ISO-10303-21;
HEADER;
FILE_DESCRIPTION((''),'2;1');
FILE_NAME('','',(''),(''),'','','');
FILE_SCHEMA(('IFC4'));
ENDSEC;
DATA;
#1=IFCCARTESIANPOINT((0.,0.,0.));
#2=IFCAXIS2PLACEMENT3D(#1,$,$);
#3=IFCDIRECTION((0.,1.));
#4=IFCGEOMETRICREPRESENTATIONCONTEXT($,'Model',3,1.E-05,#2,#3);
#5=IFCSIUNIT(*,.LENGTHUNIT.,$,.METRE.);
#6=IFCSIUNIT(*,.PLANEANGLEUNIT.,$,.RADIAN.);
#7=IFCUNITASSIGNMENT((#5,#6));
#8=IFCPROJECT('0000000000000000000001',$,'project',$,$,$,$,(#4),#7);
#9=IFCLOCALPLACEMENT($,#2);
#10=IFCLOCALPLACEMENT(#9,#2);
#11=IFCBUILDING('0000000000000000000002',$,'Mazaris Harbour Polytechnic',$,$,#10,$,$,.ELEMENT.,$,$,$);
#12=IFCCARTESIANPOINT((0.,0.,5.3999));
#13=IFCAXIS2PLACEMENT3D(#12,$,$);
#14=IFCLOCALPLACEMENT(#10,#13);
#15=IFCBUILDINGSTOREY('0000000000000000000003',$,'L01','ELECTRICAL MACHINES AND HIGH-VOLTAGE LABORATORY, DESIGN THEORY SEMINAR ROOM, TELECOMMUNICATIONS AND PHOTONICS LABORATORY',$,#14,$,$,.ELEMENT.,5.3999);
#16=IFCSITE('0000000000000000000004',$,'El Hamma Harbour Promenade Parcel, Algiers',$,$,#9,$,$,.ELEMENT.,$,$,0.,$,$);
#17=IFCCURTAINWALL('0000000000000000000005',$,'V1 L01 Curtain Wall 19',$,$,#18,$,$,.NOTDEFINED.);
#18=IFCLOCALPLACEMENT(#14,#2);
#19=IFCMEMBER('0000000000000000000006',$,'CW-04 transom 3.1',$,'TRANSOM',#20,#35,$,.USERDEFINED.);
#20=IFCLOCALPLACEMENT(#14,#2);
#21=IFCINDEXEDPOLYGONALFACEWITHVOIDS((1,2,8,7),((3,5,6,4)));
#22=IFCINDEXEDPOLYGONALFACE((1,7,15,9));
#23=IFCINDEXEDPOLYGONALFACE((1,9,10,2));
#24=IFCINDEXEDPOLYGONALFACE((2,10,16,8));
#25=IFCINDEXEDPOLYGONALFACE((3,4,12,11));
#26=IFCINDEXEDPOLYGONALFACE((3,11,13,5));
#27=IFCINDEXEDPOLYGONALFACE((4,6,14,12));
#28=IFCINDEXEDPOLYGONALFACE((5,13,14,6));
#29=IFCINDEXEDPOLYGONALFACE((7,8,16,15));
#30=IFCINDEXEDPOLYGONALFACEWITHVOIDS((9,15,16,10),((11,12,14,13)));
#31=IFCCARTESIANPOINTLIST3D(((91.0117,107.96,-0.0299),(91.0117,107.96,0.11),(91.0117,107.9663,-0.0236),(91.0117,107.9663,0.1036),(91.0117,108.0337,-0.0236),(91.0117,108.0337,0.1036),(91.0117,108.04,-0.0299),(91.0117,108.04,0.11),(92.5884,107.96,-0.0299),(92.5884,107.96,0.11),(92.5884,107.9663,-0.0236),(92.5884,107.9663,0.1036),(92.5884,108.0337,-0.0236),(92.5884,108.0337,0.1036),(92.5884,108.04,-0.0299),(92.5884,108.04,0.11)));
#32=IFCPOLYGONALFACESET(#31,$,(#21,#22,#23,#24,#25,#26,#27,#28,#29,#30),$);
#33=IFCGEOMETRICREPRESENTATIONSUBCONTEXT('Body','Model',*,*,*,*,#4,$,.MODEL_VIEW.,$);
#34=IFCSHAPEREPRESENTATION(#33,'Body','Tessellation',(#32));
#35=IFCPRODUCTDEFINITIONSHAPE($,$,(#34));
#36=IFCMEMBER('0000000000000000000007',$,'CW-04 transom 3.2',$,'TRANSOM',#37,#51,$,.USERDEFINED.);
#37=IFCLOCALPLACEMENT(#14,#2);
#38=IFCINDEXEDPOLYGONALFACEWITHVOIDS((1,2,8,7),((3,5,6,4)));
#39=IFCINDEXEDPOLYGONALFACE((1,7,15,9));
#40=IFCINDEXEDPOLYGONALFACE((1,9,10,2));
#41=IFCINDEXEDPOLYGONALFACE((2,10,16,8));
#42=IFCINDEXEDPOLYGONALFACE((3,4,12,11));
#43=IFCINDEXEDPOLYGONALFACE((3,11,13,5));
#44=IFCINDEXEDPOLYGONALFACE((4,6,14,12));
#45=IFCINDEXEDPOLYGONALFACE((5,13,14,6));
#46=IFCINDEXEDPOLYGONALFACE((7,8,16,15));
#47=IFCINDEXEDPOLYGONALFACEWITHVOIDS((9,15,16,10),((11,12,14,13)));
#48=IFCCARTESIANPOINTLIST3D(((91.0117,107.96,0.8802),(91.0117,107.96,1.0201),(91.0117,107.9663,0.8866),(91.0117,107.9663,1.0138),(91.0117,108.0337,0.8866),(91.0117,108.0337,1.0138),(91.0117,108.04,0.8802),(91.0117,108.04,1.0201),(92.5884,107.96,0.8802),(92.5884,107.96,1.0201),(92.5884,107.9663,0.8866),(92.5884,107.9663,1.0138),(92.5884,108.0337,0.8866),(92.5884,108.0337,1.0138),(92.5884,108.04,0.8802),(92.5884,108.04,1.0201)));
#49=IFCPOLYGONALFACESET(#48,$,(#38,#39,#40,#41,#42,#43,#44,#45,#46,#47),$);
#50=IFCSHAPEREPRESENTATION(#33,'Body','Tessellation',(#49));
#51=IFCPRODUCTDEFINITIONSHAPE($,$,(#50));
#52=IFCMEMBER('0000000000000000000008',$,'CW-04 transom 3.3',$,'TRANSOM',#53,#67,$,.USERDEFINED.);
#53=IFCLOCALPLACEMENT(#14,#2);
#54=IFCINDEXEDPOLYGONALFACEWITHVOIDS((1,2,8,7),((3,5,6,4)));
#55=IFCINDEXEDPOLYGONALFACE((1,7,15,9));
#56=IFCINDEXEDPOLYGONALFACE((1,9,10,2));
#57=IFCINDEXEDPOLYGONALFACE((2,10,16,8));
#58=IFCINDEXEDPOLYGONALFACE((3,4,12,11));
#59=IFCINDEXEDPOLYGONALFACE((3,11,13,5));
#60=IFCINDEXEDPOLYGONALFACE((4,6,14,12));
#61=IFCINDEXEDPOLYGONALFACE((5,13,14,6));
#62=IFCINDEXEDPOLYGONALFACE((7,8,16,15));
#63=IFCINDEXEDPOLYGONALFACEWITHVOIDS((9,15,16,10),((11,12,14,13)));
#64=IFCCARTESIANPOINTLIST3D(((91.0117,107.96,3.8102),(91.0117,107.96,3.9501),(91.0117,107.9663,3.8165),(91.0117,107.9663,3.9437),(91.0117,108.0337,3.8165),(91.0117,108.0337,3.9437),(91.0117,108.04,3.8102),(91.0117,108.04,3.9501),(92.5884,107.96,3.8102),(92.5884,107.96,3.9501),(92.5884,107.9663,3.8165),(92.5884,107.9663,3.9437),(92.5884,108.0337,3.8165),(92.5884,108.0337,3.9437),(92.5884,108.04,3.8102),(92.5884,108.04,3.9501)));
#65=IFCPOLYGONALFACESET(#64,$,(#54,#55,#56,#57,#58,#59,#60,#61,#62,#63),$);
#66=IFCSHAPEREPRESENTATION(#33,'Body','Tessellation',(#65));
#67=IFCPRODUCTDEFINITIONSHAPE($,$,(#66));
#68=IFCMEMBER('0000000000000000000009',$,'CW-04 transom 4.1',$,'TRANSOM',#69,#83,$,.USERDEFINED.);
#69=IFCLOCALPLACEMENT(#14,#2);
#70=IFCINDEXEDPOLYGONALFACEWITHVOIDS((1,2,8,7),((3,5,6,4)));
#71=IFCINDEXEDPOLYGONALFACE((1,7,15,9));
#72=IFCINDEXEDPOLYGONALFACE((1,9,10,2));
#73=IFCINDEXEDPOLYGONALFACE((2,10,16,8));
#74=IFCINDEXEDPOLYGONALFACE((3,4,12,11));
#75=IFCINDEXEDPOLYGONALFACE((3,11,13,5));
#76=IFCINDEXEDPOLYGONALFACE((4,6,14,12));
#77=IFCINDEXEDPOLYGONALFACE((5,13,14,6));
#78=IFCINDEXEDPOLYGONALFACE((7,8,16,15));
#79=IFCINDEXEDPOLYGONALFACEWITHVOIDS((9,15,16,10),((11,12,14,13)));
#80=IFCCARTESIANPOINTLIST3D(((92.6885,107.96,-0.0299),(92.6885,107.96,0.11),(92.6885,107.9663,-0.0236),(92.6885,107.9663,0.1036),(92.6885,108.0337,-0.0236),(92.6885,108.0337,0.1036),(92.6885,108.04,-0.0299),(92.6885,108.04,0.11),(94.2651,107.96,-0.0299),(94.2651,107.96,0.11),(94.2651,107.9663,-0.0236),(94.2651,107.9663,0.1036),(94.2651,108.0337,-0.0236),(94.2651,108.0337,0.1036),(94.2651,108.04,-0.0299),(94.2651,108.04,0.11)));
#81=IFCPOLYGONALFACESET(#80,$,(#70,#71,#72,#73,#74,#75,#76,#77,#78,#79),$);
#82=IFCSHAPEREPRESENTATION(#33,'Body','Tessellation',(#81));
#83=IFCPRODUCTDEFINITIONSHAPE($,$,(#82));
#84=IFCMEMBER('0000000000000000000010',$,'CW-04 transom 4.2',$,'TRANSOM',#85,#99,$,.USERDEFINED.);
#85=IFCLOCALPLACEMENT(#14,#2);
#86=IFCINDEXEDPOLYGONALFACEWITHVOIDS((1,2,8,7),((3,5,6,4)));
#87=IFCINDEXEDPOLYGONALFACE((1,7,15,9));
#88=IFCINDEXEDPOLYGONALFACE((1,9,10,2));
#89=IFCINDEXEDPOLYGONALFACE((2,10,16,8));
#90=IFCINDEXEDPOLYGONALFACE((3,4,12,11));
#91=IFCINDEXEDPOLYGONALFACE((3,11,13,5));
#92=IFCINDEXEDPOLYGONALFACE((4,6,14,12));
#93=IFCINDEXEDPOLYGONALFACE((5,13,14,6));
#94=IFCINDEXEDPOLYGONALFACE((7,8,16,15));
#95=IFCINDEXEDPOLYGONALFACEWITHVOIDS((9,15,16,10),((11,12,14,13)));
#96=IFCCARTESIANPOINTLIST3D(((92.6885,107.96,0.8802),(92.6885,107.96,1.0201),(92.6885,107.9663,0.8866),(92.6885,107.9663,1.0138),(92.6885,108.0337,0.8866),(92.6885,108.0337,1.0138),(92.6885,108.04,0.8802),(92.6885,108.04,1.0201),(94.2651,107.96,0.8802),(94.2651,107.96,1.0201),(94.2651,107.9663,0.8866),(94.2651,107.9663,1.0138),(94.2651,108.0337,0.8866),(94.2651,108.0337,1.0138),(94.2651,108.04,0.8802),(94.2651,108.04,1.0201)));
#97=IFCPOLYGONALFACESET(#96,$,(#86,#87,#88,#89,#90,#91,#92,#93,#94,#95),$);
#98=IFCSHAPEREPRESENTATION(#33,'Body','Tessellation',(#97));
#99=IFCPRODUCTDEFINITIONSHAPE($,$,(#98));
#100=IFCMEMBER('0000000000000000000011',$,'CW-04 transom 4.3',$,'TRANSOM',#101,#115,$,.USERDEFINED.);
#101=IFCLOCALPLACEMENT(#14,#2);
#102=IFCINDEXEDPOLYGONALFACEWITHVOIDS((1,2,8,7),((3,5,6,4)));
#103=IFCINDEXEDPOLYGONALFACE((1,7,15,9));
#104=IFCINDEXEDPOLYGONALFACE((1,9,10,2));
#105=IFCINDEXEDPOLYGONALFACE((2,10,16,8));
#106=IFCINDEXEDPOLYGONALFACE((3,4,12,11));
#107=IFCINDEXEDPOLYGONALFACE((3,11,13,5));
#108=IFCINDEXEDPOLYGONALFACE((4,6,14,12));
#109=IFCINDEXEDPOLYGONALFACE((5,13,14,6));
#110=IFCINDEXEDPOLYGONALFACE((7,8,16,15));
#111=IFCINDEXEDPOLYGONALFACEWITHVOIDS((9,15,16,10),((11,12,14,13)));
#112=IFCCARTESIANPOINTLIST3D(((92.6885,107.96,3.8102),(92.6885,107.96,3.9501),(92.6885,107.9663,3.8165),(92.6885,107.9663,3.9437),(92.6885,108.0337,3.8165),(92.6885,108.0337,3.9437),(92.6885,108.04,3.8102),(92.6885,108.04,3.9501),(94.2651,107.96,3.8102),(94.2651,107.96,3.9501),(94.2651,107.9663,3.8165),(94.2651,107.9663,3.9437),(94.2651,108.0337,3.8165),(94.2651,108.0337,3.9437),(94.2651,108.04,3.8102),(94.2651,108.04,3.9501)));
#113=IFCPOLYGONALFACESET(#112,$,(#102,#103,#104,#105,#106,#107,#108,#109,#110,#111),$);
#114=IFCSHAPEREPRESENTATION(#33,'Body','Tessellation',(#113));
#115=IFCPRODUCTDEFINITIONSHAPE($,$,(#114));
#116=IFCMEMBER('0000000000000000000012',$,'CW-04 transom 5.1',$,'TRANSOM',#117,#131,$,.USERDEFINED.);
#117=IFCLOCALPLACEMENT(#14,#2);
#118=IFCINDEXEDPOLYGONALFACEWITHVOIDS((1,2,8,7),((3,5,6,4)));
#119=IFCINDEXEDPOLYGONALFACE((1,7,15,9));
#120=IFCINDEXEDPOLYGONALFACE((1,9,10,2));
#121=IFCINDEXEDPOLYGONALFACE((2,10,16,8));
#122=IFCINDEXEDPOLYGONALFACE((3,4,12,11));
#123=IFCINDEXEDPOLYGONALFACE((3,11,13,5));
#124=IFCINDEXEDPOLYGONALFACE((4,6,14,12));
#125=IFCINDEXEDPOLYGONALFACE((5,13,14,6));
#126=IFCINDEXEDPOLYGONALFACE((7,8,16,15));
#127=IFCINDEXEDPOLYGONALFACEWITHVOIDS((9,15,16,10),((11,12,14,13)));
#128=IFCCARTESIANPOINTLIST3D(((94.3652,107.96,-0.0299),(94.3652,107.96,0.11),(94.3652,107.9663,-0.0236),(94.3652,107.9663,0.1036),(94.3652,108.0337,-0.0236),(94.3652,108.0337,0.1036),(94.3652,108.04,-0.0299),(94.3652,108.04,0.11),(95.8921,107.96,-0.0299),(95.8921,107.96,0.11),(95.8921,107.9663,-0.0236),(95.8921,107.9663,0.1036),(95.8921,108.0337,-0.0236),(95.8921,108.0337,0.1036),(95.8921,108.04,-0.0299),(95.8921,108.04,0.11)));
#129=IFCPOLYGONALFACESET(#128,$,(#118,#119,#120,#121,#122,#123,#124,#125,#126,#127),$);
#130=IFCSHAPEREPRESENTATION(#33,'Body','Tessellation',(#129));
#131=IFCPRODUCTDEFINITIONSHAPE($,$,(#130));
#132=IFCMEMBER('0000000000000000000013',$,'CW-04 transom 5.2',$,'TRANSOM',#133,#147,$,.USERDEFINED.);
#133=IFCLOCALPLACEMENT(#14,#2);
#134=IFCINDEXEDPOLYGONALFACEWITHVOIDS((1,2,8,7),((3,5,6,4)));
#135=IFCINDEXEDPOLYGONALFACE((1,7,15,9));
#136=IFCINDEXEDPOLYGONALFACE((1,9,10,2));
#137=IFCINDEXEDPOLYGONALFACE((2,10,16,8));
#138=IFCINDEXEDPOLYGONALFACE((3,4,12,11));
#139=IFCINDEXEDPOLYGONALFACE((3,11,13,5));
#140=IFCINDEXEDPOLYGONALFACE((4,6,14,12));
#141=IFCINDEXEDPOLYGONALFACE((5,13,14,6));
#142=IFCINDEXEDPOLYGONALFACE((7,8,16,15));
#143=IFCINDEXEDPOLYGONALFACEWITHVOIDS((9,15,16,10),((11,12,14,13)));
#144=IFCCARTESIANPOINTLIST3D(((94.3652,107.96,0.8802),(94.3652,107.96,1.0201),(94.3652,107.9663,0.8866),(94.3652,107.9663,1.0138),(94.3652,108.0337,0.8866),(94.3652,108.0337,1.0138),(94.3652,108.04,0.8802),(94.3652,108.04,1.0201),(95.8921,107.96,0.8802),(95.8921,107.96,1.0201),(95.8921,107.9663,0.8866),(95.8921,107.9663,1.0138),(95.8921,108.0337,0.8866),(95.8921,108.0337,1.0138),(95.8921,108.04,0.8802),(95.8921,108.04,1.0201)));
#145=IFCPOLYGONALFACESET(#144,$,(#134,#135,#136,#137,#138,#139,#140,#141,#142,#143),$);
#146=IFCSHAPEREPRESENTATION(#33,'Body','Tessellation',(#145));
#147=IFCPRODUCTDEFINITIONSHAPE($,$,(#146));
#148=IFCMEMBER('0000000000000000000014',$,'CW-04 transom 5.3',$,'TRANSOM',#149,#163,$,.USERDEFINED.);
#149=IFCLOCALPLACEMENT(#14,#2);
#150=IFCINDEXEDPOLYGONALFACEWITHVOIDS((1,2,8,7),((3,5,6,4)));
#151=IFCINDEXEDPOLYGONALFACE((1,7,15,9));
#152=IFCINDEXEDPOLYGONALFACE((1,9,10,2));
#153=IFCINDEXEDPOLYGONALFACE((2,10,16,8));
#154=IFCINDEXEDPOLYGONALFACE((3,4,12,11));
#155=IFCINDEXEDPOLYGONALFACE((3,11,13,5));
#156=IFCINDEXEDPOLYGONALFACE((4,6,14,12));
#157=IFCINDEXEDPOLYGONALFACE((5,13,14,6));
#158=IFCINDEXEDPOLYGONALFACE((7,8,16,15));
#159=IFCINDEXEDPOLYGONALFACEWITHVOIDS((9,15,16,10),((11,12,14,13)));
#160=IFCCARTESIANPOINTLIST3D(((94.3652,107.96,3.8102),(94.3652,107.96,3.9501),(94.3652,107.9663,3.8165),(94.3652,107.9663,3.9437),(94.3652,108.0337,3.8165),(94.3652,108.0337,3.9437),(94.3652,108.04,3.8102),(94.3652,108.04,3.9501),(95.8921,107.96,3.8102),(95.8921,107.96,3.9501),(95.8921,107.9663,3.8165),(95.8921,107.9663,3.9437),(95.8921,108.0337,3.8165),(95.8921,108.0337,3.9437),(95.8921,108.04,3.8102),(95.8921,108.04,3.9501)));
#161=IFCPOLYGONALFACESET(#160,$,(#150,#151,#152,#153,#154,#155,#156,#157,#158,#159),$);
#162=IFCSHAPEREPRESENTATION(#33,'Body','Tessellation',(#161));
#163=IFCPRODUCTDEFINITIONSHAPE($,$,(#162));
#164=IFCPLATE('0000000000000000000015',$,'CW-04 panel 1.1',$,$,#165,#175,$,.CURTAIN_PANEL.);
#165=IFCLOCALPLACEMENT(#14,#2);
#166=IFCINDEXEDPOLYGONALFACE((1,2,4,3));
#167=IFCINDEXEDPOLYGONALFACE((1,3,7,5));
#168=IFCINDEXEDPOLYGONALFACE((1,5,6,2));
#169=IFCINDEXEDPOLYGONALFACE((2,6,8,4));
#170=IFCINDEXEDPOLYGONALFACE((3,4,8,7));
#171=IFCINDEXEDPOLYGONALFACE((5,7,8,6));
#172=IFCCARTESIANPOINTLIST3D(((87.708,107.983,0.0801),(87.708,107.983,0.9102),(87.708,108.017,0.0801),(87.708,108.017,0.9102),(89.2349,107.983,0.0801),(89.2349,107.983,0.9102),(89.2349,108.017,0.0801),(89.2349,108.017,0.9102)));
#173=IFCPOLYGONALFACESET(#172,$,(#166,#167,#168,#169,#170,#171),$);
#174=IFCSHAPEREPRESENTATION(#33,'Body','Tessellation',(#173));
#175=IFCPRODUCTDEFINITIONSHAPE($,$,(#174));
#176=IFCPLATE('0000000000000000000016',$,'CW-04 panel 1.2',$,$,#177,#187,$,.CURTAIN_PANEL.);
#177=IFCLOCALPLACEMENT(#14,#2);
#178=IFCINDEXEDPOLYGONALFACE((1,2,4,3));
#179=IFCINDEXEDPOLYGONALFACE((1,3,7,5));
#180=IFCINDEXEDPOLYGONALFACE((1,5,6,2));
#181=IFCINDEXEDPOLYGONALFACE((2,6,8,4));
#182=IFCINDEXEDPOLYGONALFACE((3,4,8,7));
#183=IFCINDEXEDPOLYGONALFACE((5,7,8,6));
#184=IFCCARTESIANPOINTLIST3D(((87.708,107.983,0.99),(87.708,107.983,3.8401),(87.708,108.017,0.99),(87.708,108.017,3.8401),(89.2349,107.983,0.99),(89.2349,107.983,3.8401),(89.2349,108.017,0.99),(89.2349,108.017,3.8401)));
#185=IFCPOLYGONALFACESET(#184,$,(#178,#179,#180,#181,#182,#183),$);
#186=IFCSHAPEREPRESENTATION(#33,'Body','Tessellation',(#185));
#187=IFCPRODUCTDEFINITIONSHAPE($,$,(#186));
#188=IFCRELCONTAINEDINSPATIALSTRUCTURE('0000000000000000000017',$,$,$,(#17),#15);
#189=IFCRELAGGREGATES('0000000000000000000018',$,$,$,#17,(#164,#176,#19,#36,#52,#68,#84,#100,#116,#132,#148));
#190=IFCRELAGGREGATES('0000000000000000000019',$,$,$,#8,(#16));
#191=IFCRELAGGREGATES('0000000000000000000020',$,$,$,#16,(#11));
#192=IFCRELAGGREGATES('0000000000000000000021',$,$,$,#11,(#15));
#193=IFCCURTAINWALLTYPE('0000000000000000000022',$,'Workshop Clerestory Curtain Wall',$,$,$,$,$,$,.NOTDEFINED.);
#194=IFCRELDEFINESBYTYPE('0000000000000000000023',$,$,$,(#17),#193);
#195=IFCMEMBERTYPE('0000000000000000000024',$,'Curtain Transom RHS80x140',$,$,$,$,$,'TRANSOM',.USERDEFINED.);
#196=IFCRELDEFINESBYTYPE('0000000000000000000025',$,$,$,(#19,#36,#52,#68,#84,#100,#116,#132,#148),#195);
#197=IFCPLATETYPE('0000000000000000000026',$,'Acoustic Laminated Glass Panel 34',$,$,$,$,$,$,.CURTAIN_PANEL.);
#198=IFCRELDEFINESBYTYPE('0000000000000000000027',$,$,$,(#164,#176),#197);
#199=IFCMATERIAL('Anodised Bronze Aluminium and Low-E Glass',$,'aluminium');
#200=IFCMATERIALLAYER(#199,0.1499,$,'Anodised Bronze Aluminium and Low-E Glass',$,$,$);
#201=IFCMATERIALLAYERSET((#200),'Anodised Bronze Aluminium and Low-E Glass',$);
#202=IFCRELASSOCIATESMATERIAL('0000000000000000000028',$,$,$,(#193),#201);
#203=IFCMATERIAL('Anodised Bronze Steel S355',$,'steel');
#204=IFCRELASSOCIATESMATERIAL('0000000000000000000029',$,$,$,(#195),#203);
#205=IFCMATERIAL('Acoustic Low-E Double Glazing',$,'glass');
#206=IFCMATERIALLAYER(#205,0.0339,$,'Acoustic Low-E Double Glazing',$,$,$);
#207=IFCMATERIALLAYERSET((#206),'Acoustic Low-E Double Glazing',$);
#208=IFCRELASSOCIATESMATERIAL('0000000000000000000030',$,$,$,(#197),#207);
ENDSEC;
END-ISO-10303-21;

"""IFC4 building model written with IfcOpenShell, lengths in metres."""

from ifc_helpers import new_model, si_unit, direction, frame, origin, origin_2d, place, context, subcontext, project, spatial, rectangle, hollow_rectangle, extrude, material, layer, layer_set, material_profile, profile_set, type_object, element, aggregate, save


model = new_model("IFC4")

# Units and contexts
model_context = context("Model", 3, precision=1e-05, world=origin(), true_north=direction((0.0, 1.0)))
body_context = subcontext(model_context, "Body", "Model", "MODEL_VIEW")
ifc_project = project(units=[si_unit("LENGTHUNIT", "METRE"), si_unit("PLANEANGLEUNIT", "RADIAN")], contexts=[model_context])

# Site, building, storey
site_placement = place(None, origin())
site = spatial("IfcSite", under=ifc_project, at=site_placement, Name="El Hamma Harbour Promenade Parcel, Algiers", CompositionType="ELEMENT", RefElevation=0.0)
building_placement = place(site_placement, origin())
building = spatial("IfcBuilding", under=site, at=building_placement, Name="Mazaris Harbour Polytechnic", CompositionType="ELEMENT")
storey_placement = place(building_placement, frame((0.0, 0.0, 5.3999)))
storey = spatial("IfcBuildingStorey", under=building, at=storey_placement, Name="L01", Description="ELECTRICAL MACHINES AND HIGH-VOLTAGE LABORATORY, DESIGN THEORY SEMINAR ROOM, TELECOMMUNICATIONS AND PHOTONICS LABORATORY", CompositionType="ELEMENT", Elevation=5.3999)

# Curtain wall, members, plates
ifc_material_1 = material(Name="Anodised Bronze Aluminium and Low-E Glass", Category="aluminium")
ifc_layer_1 = layer(ifc_material_1, 0.1499, Name="Anodised Bronze Aluminium and Low-E Glass")
ifc_layer_set_1 = layer_set([ifc_layer_1], Name="Anodised Bronze Aluminium and Low-E Glass")
curtain_wall_type = type_object("IfcCurtainWallType", Name="Workshop Clerestory Curtain Wall", PredefinedType="NOTDEFINED", material=ifc_layer_set_1)
curtain_wall_placement = place(storey_placement, origin())
curtain_wall = element("IfcCurtainWall", 1, at=curtain_wall_placement, inside=storey, type_object=curtain_wall_type, Name="V1 L01 Curtain Wall 19", PredefinedType="NOTDEFINED")
ifc_material_2 = material(Name="Anodised Bronze Steel S355", Category="steel")
ifc_material_profile_1 = material_profile(ifc_material_2, hollow_rectangle(XDim=0.0801, YDim=0.1399, WallThickness=0.0063, at=origin_2d()), Name="RHS 80x140x6.3")
ifc_profile_set_1 = profile_set([ifc_material_profile_1], Name="Anodised Bronze Steel S355")
member_type_1 = type_object("IfcMemberType", Name="Curtain Transom RHS80x140", ElementType="TRANSOM", PredefinedType="USERDEFINED", material=ifc_profile_set_1)
member_1_placement = place(storey_placement, frame((91.0117, 108.0, 0.04), z_axis=(1.0, 0.0, 0.0), x_axis=(0.0, 1.0, 0.0)))
member_1 = element("IfcMember", 2, at=member_1_placement, type_object=member_type_1, Name="CW-04 transom 3.1", ObjectType="TRANSOM", PredefinedType="USERDEFINED", context=body_context, shape_type="SweptSolid", body=[
    extrude(hollow_rectangle(XDim=0.0801, YDim=0.1399, WallThickness=0.0063, at=origin_2d()), origin(), (0.0, 0.0, 1.0), 1.5767),
])
member_2_placement = place(storey_placement, frame((91.0117, 108.0, 0.9502), z_axis=(1.0, 0.0, 0.0), x_axis=(0.0, 1.0, 0.0)))
member_2 = element("IfcMember", 3, at=member_2_placement, type_object=member_type_1, Name="CW-04 transom 3.2", ObjectType="TRANSOM", PredefinedType="USERDEFINED", context=body_context, shape_type="SweptSolid", body=[
    extrude(hollow_rectangle(XDim=0.0801, YDim=0.1399, WallThickness=0.0063, at=origin_2d()), origin(), (0.0, 0.0, 1.0), 1.5767),
])
member_3_placement = place(storey_placement, frame((91.0117, 108.0, 3.8801), z_axis=(1.0, 0.0, 0.0), x_axis=(0.0, 1.0, 0.0)))
member_3 = element("IfcMember", 4, at=member_3_placement, type_object=member_type_1, Name="CW-04 transom 3.3", ObjectType="TRANSOM", PredefinedType="USERDEFINED", context=body_context, shape_type="SweptSolid", body=[
    extrude(hollow_rectangle(XDim=0.0801, YDim=0.1399, WallThickness=0.0063, at=origin_2d()), origin(), (0.0, 0.0, 1.0), 1.5767),
])
member_4_placement = place(storey_placement, frame((92.6885, 108.0, 0.04), z_axis=(1.0, 0.0, 0.0), x_axis=(0.0, 1.0, 0.0)))
member_4 = element("IfcMember", 5, at=member_4_placement, type_object=member_type_1, Name="CW-04 transom 4.1", ObjectType="TRANSOM", PredefinedType="USERDEFINED", context=body_context, shape_type="SweptSolid", body=[
    extrude(hollow_rectangle(XDim=0.0801, YDim=0.1399, WallThickness=0.0063, at=origin_2d()), origin(), (0.0, 0.0, 1.0), 1.5767),
])
member_5_placement = place(storey_placement, frame((92.6885, 108.0, 0.9502), z_axis=(1.0, 0.0, 0.0), x_axis=(0.0, 1.0, 0.0)))
member_5 = element("IfcMember", 6, at=member_5_placement, type_object=member_type_1, Name="CW-04 transom 4.2", ObjectType="TRANSOM", PredefinedType="USERDEFINED", context=body_context, shape_type="SweptSolid", body=[
    extrude(hollow_rectangle(XDim=0.0801, YDim=0.1399, WallThickness=0.0063, at=origin_2d()), origin(), (0.0, 0.0, 1.0), 1.5767),
])
member_6_placement = place(storey_placement, frame((92.6885, 108.0, 3.8801), z_axis=(1.0, 0.0, 0.0), x_axis=(0.0, 1.0, 0.0)))
member_6 = element("IfcMember", 7, at=member_6_placement, type_object=member_type_1, Name="CW-04 transom 4.3", ObjectType="TRANSOM", PredefinedType="USERDEFINED", context=body_context, shape_type="SweptSolid", body=[
    extrude(hollow_rectangle(XDim=0.0801, YDim=0.1399, WallThickness=0.0063, at=origin_2d()), origin(), (0.0, 0.0, 1.0), 1.5767),
])
member_7_placement = place(storey_placement, frame((94.3652, 108.0, 0.04), z_axis=(1.0, 0.0, 0.0), x_axis=(0.0, 1.0, 0.0)))
member_7 = element("IfcMember", 8, at=member_7_placement, type_object=member_type_1, Name="CW-04 transom 5.1", ObjectType="TRANSOM", PredefinedType="USERDEFINED", context=body_context, shape_type="SweptSolid", body=[
    extrude(hollow_rectangle(XDim=0.0801, YDim=0.1399, WallThickness=0.0063, at=origin_2d()), origin(), (0.0, 0.0, 1.0), 1.5269),
])
member_8_placement = place(storey_placement, frame((94.3652, 108.0, 0.9502), z_axis=(1.0, 0.0, 0.0), x_axis=(0.0, 1.0, 0.0)))
member_8 = element("IfcMember", 9, at=member_8_placement, type_object=member_type_1, Name="CW-04 transom 5.2", ObjectType="TRANSOM", PredefinedType="USERDEFINED", context=body_context, shape_type="SweptSolid", body=[
    extrude(hollow_rectangle(XDim=0.0801, YDim=0.1399, WallThickness=0.0063, at=origin_2d()), origin(), (0.0, 0.0, 1.0), 1.5269),
])
member_9_placement = place(storey_placement, frame((94.3652, 108.0, 3.8801), z_axis=(1.0, 0.0, 0.0), x_axis=(0.0, 1.0, 0.0)))
member_9 = element("IfcMember", 10, at=member_9_placement, type_object=member_type_1, Name="CW-04 transom 5.3", ObjectType="TRANSOM", PredefinedType="USERDEFINED", context=body_context, shape_type="SweptSolid", body=[
    extrude(hollow_rectangle(XDim=0.0801, YDim=0.1399, WallThickness=0.0063, at=origin_2d()), origin(), (0.0, 0.0, 1.0), 1.5269),
])
ifc_material_3 = material(Name="Acoustic Low-E Double Glazing", Category="glass")
ifc_layer_2 = layer(ifc_material_3, 0.0339, Name="Acoustic Low-E Double Glazing")
ifc_layer_set_2 = layer_set([ifc_layer_2], Name="Acoustic Low-E Double Glazing")
plate_type_1 = type_object("IfcPlateType", Name="Acoustic Laminated Glass Panel 34", PredefinedType="CURTAIN_PANEL", material=ifc_layer_set_2)
plate_1_placement = place(storey_placement, frame((88.4714, 108.0, 0.0801), z_axis=(0.0, 0.0, 1.0), x_axis=(1.0, 0.0, 0.0)))
plate_1 = element("IfcPlate", 11, at=plate_1_placement, type_object=plate_type_1, Name="CW-04 panel 1.1", PredefinedType="CURTAIN_PANEL", context=body_context, shape_type="SweptSolid", body=[
    extrude(rectangle(XDim=1.5269, YDim=0.0339, at=origin_2d()), origin(), (0.0, 0.0, 1.0), 0.8301),
])
plate_2_placement = place(storey_placement, frame((88.4714, 108.0, 0.99), z_axis=(0.0, 0.0, 1.0), x_axis=(1.0, 0.0, 0.0)))
plate_2 = element("IfcPlate", 12, at=plate_2_placement, type_object=plate_type_1, Name="CW-04 panel 1.2", PredefinedType="CURTAIN_PANEL", context=body_context, shape_type="SweptSolid", body=[
    extrude(rectangle(XDim=1.5269, YDim=0.0339, at=origin_2d()), origin(), (0.0, 0.0, 1.0), 2.8501),
])
aggregate(curtain_wall, [plate_1, plate_2, member_1, member_2, member_3, member_4, member_5, member_6, member_7, member_8, member_9])

save(model, "model.ifc")
